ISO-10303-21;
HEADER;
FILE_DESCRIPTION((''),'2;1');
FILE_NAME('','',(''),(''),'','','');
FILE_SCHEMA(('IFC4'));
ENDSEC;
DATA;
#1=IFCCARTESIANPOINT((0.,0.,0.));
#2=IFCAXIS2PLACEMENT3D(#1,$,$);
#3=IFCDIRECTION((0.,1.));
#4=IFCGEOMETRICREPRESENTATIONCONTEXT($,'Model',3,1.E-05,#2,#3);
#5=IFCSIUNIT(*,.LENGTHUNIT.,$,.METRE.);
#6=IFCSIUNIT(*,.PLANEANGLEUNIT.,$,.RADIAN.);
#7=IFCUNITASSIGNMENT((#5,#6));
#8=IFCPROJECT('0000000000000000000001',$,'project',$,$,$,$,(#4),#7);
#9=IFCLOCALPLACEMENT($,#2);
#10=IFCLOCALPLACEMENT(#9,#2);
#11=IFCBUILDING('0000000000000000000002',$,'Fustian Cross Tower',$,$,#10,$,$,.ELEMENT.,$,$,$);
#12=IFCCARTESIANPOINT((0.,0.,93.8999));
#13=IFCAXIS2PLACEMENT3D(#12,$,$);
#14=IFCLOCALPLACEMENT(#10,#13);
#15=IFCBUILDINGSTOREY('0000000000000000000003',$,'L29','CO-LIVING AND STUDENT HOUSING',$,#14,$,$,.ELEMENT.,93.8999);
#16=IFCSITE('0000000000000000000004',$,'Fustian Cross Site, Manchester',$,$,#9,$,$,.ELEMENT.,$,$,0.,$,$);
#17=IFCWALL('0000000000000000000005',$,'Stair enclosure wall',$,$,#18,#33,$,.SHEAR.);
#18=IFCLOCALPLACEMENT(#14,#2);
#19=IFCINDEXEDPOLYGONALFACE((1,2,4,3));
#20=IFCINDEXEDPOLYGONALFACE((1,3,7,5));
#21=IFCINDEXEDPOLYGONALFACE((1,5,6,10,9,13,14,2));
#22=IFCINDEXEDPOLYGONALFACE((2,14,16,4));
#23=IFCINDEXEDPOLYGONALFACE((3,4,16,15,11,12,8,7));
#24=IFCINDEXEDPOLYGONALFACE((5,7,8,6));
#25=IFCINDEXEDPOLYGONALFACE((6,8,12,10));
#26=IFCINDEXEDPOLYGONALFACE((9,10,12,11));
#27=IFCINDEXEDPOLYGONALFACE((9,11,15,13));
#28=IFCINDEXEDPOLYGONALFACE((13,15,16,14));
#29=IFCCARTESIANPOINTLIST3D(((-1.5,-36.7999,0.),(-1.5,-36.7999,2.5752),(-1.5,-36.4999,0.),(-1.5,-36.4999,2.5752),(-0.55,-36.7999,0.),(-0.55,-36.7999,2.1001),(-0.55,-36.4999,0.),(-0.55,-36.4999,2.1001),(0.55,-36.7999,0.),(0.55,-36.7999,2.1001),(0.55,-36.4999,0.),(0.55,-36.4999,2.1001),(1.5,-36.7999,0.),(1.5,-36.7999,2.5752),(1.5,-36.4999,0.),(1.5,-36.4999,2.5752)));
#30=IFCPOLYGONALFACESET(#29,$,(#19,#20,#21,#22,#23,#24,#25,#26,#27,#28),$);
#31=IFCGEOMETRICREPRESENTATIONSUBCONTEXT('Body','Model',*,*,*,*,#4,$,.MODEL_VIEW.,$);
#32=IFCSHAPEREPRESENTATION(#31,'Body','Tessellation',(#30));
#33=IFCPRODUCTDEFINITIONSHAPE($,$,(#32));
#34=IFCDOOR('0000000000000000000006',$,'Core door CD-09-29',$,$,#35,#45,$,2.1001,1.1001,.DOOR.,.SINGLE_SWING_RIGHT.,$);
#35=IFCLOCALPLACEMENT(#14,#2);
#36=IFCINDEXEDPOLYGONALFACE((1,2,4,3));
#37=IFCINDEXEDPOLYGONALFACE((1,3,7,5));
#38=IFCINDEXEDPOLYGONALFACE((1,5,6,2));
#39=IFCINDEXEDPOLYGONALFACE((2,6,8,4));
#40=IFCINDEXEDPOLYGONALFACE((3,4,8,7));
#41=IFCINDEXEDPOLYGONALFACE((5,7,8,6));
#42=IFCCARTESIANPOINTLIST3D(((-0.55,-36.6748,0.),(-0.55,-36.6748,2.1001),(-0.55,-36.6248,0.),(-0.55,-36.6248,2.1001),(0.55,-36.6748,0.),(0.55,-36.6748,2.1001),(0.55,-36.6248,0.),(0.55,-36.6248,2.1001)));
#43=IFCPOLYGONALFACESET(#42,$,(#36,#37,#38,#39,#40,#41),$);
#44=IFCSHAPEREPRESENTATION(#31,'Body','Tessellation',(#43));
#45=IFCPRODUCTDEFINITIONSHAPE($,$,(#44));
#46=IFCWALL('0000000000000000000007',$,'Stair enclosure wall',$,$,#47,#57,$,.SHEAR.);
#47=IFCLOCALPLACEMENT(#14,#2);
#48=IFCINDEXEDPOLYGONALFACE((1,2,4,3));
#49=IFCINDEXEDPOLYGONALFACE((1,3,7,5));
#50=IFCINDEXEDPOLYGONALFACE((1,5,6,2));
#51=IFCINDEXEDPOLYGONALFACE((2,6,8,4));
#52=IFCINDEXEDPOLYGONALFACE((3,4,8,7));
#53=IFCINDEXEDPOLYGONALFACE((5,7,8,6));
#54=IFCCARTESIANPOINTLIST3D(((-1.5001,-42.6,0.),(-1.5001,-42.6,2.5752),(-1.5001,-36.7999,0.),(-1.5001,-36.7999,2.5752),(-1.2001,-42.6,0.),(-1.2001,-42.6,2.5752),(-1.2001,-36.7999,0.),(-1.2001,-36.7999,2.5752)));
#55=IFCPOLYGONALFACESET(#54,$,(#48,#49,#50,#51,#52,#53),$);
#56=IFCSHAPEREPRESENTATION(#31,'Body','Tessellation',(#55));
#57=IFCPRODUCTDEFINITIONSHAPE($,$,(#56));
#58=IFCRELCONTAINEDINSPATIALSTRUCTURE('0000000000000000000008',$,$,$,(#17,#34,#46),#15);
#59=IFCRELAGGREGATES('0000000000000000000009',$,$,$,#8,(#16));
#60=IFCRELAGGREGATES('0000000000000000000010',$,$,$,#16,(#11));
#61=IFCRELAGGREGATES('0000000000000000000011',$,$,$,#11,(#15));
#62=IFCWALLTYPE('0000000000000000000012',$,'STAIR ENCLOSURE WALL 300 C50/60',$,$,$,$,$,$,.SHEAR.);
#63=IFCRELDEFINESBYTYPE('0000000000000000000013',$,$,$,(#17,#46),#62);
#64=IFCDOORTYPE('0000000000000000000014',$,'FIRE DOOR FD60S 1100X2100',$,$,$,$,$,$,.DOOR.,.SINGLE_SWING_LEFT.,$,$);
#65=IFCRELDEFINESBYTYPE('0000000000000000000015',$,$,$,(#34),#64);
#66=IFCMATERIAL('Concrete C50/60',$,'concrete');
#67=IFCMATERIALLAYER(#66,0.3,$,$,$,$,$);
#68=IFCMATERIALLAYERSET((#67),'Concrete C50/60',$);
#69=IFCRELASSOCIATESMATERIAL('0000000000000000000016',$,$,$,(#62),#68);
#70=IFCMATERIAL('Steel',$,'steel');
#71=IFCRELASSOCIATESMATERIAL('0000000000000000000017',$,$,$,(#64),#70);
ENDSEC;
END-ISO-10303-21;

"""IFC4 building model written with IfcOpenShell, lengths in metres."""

from ifc_helpers import new_model, si_unit, direction, frame, frame_2d, origin, place, context, subcontext, project, spatial, rectangle, extrude, material, layer, layer_set, type_object, element, fill, save


model = new_model("IFC4")

# Units and contexts
model_context = context("Model", 3, precision=1e-05, world=origin(), true_north=direction((0.0, 1.0)))
body_context = subcontext(model_context, "Body", "Model", "MODEL_VIEW")
ifc_project = project(units=[si_unit("LENGTHUNIT", "METRE"), si_unit("PLANEANGLEUNIT", "RADIAN")], contexts=[model_context])

# Site, building, storey
site_placement = place(None, origin())
site = spatial("IfcSite", under=ifc_project, at=site_placement, Name="Fustian Cross Site, Manchester", CompositionType="ELEMENT", RefElevation=0.0)
building_placement = place(site_placement, origin())
building = spatial("IfcBuilding", under=site, at=building_placement, Name="Fustian Cross Tower", CompositionType="ELEMENT")
storey_placement = place(building_placement, frame((0.0, 0.0, 93.8999)))
storey = spatial("IfcBuildingStorey", under=building, at=storey_placement, Name="L29", Description="CO-LIVING AND STUDENT HOUSING", CompositionType="ELEMENT", Elevation=93.8999)

# Wall, opening, door
ifc_material_1 = material(Name="Concrete C50/60", Category="concrete")
ifc_layer_1 = layer(ifc_material_1, 0.3)
ifc_layer_set_1 = layer_set([ifc_layer_1], Name="Concrete C50/60")
wall_type_1 = type_object("IfcWallType", Name="STAIR ENCLOSURE WALL 300 C50/60", PredefinedType="SHEAR", material=ifc_layer_set_1)
wall_1_placement = place(storey_placement, frame((-1.5, -36.6499, 0.0), z_axis=(0.0, 0.0, 1.0), x_axis=(1.0, 0.0, 0.0)))
wall_1 = element("IfcWall", 1, at=wall_1_placement, inside=storey, type_object=wall_type_1, Name="Stair enclosure wall", PredefinedType="SHEAR", context=body_context, shape_type="SweptSolid", body=[
    extrude(rectangle(XDim=3.0, YDim=0.3, at=frame_2d((1.5, 0.0))), origin(), (0.0, 0.0, 1.0), 2.5752),
])
opening_1_placement = place(wall_1_placement, frame((0.95, 0.0, 0.0)))
opening_1 = element("IfcOpeningElement", 2, at=opening_1_placement, cuts=wall_1, PredefinedType="OPENING", context=body_context, shape_type="SweptSolid", body=[
    extrude(rectangle(XDim=1.1001, YDim=2.1001, at=frame_2d((0.55, 1.05))), frame((0.0, 0.1599, 0.0), z_axis=(0.0, -1.0, 0.0), x_axis=(1.0, 0.0, 0.0)), (0.0, 0.0, 1.0), 0.3201),
])
ifc_material_2 = material(Name="Steel", Category="steel")
door_type_1 = type_object("IfcDoorType", Name="FIRE DOOR FD60S 1100X2100", OperationType="SINGLE_SWING_LEFT", PredefinedType="DOOR", material=ifc_material_2)
door_1_placement = place(opening_1_placement, frame((1.1001, 0.0, 0.0), z_axis=(0.0, 0.0, 1.0), x_axis=(-1.0, 0.0, 0.0)))
door_1 = element("IfcDoor", 3, at=door_1_placement, inside=storey, type_object=door_type_1, Name="Core door CD-09-29", OperationType="SINGLE_SWING_RIGHT", OverallHeight=2.1001, OverallWidth=1.1001, PredefinedType="DOOR", context=body_context, shape_type="SweptSolid", body=[
    extrude(rectangle(XDim=1.1001, YDim=2.1001, at=frame_2d((0.55, 1.05))), frame((0.0, 0.0249, 0.0), z_axis=(0.0, -1.0, 0.0), x_axis=(1.0, 0.0, 0.0)), (0.0, 0.0, 1.0), 0.05),
])
fill(opening_1, door_1)

# Wall
wall_2_placement = place(storey_placement, frame((-1.3501, -36.8, 0.0), z_axis=(0.0, 0.0, 1.0), x_axis=(0.0, -1.0, 0.0)))
element("IfcWall", 4, at=wall_2_placement, inside=storey, type_object=wall_type_1, Name="Stair enclosure wall", PredefinedType="SHEAR", context=body_context, shape_type="SweptSolid", body=[
    extrude(rectangle(XDim=5.8, YDim=0.3, at=frame_2d((2.8999, 0.0))), origin(), (0.0, 0.0, 1.0), 2.5752),
])

save(model, "model.ifc")
